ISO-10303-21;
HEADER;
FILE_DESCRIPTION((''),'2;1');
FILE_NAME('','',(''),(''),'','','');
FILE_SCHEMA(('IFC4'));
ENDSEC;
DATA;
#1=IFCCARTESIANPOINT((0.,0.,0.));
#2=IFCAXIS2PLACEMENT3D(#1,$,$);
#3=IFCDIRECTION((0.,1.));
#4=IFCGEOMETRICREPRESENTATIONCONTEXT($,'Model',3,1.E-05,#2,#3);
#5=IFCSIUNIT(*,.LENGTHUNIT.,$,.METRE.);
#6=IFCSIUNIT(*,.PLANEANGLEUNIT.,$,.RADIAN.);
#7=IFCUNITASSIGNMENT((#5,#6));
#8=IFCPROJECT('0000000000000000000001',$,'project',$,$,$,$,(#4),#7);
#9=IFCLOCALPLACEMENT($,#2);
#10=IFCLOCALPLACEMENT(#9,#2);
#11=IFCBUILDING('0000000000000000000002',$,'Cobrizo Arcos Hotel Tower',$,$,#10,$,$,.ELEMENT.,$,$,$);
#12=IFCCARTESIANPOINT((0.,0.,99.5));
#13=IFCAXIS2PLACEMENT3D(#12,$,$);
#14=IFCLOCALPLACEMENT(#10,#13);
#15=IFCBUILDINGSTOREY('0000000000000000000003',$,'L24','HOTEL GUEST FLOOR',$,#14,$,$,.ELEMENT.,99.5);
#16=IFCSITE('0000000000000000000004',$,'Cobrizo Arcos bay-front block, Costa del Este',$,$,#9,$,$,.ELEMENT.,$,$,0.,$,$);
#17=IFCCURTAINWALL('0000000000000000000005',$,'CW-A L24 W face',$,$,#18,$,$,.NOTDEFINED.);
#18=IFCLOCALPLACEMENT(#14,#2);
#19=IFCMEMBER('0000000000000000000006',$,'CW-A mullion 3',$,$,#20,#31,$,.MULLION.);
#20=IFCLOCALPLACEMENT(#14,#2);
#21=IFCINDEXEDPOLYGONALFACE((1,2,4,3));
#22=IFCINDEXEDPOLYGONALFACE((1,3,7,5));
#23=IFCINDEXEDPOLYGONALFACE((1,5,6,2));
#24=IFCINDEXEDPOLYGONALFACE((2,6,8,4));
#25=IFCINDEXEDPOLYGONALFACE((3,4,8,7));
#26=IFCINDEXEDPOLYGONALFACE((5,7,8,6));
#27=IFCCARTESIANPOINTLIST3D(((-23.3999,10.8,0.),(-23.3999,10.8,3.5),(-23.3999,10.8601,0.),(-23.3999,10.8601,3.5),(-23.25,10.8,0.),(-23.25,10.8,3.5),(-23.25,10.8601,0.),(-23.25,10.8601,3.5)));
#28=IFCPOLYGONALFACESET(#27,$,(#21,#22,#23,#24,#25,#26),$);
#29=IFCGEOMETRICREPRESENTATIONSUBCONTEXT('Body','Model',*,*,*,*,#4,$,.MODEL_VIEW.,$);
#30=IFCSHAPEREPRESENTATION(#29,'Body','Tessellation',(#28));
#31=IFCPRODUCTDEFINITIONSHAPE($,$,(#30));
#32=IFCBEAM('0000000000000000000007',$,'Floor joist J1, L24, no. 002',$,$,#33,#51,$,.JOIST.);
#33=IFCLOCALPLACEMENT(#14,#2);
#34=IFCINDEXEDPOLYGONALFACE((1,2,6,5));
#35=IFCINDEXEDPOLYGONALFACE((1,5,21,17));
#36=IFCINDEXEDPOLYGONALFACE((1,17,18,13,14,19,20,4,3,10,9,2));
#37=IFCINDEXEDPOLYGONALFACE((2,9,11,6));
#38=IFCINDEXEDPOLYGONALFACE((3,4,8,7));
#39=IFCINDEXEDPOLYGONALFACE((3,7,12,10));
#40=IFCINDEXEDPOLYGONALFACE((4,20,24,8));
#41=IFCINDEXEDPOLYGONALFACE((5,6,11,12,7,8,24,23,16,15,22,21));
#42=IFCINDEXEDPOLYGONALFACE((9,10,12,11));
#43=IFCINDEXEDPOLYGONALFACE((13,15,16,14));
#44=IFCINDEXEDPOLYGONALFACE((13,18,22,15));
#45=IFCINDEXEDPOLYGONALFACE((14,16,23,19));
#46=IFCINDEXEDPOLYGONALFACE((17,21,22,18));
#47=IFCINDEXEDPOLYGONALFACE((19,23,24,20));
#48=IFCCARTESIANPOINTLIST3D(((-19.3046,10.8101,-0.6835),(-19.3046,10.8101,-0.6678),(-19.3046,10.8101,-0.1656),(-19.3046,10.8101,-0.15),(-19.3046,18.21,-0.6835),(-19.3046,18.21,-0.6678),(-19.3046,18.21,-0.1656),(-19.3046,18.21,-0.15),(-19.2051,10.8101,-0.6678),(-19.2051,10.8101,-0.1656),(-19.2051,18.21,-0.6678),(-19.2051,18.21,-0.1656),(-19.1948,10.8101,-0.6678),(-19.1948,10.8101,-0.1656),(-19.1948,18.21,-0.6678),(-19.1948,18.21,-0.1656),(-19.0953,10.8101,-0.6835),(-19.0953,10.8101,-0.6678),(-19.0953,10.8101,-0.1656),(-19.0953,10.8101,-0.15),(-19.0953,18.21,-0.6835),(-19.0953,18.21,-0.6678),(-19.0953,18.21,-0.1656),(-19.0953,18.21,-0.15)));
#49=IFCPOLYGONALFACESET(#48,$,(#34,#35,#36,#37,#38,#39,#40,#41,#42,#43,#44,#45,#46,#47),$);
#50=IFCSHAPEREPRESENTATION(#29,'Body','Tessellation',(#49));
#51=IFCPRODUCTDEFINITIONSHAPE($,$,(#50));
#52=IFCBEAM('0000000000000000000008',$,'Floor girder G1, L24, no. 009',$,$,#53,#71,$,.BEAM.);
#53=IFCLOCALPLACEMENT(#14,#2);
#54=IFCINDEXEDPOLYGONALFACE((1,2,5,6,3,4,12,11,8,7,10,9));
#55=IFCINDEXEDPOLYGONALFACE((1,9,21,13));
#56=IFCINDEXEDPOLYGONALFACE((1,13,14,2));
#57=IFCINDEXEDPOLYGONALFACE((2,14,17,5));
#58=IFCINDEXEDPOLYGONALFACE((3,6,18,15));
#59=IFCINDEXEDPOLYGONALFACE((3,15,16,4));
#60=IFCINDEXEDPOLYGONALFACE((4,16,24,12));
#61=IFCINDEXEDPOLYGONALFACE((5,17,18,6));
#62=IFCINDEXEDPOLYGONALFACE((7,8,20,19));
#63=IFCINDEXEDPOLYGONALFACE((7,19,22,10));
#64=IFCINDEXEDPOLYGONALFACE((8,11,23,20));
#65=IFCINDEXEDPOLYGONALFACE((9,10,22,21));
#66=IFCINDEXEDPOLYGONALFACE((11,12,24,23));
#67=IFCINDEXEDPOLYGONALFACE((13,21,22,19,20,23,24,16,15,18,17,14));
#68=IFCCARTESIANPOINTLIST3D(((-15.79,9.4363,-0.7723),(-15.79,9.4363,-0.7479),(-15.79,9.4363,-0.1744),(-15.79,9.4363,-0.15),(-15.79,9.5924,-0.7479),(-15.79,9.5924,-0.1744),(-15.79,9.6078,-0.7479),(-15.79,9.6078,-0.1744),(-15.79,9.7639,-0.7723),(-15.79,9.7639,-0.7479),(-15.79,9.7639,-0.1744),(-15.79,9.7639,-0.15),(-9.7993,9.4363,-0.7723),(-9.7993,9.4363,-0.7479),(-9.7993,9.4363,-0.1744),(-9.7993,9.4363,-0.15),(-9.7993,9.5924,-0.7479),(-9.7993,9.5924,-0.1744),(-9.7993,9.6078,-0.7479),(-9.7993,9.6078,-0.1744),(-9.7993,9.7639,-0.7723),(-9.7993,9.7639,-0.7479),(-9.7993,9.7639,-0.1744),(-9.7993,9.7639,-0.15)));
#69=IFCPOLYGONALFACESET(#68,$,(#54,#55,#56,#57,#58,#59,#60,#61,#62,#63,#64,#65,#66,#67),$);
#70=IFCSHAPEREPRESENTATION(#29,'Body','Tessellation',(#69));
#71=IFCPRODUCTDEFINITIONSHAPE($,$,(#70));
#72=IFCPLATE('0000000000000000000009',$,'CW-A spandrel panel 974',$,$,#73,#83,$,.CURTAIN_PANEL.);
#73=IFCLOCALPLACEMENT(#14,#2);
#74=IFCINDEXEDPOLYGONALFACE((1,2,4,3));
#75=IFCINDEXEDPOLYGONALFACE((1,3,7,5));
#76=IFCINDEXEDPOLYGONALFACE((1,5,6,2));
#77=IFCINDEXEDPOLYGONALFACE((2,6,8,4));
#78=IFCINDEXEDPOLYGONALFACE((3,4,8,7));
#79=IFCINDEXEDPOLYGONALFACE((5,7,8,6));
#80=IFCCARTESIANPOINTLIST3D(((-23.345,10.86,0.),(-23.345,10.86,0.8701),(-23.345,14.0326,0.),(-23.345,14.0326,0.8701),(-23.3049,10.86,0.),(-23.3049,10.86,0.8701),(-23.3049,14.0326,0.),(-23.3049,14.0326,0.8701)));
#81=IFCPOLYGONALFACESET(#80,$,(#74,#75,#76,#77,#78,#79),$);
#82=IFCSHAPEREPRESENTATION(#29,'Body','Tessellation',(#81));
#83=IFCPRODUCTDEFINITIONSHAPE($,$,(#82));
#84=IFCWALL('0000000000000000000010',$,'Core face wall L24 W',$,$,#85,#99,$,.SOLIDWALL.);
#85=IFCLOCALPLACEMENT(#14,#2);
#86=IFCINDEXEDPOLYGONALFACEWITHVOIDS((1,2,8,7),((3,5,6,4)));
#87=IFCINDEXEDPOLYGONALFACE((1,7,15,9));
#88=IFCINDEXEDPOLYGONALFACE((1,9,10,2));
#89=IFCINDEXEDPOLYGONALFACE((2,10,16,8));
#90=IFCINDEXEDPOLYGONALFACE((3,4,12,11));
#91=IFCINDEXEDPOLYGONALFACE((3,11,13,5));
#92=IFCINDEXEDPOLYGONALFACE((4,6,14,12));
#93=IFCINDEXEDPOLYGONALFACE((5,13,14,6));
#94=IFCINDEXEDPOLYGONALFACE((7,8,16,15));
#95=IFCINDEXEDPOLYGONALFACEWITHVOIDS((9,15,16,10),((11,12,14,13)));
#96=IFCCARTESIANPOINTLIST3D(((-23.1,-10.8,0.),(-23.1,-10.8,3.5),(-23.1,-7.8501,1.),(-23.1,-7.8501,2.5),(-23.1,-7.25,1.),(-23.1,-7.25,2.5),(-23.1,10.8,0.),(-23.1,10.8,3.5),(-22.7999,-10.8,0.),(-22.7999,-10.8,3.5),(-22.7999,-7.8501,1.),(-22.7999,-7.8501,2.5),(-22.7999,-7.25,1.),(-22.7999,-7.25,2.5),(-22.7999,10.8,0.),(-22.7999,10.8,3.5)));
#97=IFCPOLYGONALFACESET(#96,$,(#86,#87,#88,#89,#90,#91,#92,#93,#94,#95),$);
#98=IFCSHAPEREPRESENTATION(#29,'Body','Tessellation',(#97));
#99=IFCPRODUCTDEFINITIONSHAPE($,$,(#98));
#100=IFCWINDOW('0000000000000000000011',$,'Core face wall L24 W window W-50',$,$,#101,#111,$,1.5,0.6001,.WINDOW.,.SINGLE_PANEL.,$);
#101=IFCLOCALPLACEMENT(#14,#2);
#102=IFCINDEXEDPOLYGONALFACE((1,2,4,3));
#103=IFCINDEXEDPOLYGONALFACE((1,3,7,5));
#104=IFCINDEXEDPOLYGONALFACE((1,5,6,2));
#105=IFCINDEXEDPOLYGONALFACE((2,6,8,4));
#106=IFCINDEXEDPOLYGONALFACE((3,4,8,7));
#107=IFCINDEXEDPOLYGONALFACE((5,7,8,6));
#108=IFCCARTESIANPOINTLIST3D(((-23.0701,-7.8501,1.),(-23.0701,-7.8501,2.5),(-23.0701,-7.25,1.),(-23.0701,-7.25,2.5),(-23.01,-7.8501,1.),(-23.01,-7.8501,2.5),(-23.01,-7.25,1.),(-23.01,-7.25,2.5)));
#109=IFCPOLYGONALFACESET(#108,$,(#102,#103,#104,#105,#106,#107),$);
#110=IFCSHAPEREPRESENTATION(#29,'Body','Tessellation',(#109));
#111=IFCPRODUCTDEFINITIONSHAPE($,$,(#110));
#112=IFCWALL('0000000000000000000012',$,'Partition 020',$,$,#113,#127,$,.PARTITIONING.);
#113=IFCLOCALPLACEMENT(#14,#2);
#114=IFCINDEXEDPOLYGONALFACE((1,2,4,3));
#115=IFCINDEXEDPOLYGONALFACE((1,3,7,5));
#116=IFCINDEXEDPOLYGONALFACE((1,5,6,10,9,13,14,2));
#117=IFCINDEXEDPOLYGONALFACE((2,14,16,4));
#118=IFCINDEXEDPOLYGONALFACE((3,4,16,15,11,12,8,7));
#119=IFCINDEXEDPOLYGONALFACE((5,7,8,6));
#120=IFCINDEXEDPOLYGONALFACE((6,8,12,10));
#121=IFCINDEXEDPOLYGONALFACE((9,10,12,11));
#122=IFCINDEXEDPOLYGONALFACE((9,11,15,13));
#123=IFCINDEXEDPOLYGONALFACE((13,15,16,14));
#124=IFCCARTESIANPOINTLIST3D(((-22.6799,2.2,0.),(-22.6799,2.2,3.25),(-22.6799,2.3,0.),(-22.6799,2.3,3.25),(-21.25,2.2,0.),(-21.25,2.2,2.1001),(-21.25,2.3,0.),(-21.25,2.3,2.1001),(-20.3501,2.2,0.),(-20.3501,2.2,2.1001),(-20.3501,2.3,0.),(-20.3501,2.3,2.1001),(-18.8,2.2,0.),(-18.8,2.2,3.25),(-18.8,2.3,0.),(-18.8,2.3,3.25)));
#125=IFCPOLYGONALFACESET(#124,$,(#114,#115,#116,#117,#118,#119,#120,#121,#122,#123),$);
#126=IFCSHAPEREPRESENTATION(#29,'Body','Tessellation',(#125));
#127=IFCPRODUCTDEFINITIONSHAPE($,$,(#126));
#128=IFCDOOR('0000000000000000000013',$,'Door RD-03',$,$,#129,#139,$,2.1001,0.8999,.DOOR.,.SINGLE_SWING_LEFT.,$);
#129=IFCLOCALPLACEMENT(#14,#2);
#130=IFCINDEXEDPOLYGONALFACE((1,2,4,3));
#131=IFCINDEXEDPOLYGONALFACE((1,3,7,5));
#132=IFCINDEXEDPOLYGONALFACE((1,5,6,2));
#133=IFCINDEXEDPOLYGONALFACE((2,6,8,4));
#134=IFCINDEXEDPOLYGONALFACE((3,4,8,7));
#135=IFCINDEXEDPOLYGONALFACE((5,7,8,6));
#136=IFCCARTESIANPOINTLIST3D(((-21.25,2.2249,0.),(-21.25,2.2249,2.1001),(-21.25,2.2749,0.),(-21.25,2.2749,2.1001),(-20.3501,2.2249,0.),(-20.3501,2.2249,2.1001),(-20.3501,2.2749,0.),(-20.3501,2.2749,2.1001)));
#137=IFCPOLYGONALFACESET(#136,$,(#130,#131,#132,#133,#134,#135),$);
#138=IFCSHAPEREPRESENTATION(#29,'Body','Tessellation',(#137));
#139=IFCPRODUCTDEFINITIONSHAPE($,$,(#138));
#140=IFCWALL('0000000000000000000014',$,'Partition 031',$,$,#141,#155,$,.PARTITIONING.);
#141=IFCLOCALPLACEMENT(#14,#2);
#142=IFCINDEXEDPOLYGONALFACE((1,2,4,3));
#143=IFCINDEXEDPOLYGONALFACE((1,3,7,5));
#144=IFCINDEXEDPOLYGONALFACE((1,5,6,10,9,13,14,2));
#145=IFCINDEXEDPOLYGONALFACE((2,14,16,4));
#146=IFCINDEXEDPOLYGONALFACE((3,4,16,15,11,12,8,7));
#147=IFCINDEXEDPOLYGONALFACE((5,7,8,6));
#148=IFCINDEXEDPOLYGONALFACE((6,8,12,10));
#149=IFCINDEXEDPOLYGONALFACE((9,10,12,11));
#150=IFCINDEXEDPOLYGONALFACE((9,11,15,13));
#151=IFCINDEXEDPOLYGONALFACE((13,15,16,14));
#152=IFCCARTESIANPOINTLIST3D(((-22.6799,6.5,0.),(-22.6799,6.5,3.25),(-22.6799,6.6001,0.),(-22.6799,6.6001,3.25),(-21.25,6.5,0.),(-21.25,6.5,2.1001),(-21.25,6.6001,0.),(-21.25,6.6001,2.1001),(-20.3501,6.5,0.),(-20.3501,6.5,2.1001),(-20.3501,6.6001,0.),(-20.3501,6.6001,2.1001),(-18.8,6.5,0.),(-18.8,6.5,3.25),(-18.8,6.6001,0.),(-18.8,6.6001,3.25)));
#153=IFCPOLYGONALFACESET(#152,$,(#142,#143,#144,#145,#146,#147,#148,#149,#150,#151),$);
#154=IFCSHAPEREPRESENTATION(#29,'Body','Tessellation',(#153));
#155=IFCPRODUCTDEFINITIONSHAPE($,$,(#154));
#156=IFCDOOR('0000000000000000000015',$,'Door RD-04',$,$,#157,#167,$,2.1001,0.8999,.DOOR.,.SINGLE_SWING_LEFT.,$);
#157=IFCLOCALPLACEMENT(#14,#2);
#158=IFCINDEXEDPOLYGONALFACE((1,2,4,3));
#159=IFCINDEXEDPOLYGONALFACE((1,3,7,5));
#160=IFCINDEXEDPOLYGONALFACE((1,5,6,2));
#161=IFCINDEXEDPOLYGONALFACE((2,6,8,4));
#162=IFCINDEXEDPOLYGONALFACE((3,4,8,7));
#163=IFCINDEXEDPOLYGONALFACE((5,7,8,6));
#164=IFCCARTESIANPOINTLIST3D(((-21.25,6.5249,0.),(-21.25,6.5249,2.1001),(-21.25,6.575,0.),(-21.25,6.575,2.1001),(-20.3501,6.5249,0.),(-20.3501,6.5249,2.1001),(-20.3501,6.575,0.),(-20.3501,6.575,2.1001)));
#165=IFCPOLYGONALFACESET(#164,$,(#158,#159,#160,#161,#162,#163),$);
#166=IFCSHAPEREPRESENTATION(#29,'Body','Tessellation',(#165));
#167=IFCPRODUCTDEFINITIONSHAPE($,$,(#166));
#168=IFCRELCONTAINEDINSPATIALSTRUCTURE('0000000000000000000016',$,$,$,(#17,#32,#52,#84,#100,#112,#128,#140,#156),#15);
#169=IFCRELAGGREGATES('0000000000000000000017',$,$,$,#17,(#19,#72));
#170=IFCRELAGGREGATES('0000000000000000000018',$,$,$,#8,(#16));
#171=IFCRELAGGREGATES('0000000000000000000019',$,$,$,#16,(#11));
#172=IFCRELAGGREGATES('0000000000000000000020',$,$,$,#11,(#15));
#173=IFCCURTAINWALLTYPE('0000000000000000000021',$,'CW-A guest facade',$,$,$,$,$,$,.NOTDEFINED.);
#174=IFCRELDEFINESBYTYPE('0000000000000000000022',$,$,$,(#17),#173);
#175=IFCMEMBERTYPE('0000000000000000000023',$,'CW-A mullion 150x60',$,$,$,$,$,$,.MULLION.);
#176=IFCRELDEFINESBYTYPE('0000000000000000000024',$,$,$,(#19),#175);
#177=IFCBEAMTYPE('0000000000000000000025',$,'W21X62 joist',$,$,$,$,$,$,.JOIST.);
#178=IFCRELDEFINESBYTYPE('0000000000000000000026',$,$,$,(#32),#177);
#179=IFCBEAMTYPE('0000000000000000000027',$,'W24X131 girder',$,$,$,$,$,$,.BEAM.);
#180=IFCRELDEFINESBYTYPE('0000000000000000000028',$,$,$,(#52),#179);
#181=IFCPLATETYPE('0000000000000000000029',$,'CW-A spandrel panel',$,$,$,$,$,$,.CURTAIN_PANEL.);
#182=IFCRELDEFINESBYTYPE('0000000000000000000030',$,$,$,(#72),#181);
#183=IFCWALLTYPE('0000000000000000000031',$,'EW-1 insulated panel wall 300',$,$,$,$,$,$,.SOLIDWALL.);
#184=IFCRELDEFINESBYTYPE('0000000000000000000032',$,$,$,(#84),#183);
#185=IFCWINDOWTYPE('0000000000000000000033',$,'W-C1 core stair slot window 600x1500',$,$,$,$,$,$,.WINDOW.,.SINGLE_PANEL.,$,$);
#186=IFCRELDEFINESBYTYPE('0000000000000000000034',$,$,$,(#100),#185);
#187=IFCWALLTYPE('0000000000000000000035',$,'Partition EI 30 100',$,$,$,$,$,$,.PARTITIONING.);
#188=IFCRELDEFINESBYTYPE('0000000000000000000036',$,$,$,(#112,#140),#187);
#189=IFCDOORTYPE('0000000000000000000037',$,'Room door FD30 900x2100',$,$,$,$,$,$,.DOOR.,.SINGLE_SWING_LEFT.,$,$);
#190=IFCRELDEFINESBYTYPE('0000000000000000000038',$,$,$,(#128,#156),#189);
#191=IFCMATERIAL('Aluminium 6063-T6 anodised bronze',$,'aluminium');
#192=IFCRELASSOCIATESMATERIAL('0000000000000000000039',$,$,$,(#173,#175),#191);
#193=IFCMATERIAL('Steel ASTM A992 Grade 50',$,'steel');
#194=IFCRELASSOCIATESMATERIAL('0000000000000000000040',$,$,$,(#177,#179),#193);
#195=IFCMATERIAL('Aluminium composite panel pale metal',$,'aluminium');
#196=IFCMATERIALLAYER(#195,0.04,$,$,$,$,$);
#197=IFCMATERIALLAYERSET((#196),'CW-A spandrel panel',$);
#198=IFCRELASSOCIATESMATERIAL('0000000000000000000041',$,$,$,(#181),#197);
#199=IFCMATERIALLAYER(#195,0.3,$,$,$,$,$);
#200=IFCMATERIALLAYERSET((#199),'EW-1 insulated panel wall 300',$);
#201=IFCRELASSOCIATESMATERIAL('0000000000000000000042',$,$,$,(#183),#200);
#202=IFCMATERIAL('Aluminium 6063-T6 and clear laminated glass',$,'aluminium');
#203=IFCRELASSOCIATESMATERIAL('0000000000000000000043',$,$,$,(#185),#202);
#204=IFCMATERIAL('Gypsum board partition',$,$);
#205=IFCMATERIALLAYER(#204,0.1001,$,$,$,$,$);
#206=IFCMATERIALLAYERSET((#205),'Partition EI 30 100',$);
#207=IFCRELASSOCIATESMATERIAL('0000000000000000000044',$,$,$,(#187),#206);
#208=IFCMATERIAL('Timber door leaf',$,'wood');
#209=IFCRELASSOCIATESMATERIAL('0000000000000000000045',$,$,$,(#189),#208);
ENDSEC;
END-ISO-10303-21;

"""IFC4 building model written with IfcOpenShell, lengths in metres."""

from ifc_helpers import new_model, si_unit, direction, frame, frame_2d, origin, origin_2d, place, context, subcontext, project, spatial, rectangle, i_section, extrude, material, layer, layer_set, material_profile, profile_set, type_object, element, fill, aggregate, save


model = new_model("IFC4")

# Units and contexts
model_context = context("Model", 3, precision=1e-05, world=origin(), true_north=direction((0.0, 1.0)))
body_context = subcontext(model_context, "Body", "Model", "MODEL_VIEW")
ifc_project = project(units=[si_unit("LENGTHUNIT", "METRE"), si_unit("PLANEANGLEUNIT", "RADIAN")], contexts=[model_context])

# Site, building, storey
site_placement = place(None, origin())
site = spatial("IfcSite", under=ifc_project, at=site_placement, Name="Cobrizo Arcos bay-front block, Costa del Este", CompositionType="ELEMENT", RefElevation=0.0)
building_placement = place(site_placement, origin())
building = spatial("IfcBuilding", under=site, at=building_placement, Name="Cobrizo Arcos Hotel Tower", CompositionType="ELEMENT")
storey_placement = place(building_placement, frame((0.0, 0.0, 99.5)))
storey = spatial("IfcBuildingStorey", under=building, at=storey_placement, Name="L24", Description="HOTEL GUEST FLOOR", CompositionType="ELEMENT", Elevation=99.5)

# Curtain wall, member
ifc_material_1 = material(Name="Aluminium 6063-T6 anodised bronze", Category="aluminium")
curtain_wall_type = type_object("IfcCurtainWallType", Name="CW-A guest facade", PredefinedType="NOTDEFINED", material=ifc_material_1)
curtain_wall_placement = place(storey_placement, origin())
curtain_wall = element("IfcCurtainWall", 1, at=curtain_wall_placement, inside=storey, type_object=curtain_wall_type, Name="CW-A L24 W face", PredefinedType="NOTDEFINED")
ifc_material_profile_1 = material_profile(ifc_material_1, rectangle(XDim=0.1499, YDim=0.0601, at=origin_2d()), Name="CW-A mullion 150x60")
ifc_profile_set_1 = profile_set([ifc_material_profile_1], Name="Aluminium 6063-T6 anodised bronze")
member_type = type_object("IfcMemberType", Name="CW-A mullion 150x60", PredefinedType="MULLION", material=ifc_profile_set_1)
member_placement = place(storey_placement, frame((-23.325, 10.8301, 0.0), z_axis=(0.0, 0.0, 1.0), x_axis=(-1.0, 0.0, 0.0)))
member = element("IfcMember", 2, at=member_placement, type_object=member_type, Name="CW-A mullion 3", PredefinedType="MULLION", context=body_context, shape_type="SweptSolid", body=[
    extrude(rectangle(XDim=0.1499, YDim=0.0601, at=origin_2d()), origin(), (0.0, 0.0, 1.0), 3.5),
])

# Beams
ifc_material_2 = material(Name="Steel ASTM A992 Grade 50", Category="steel")
ifc_material_profile_2 = material_profile(ifc_material_2, i_section(OverallWidth=0.2092, OverallDepth=0.5334, WebThickness=0.0103, FlangeThickness=0.0156, at=origin_2d()), Name="W21X62")
ifc_profile_set_2 = profile_set([ifc_material_profile_2], Name="Steel ASTM A992 Grade 50")
beam_type_1 = type_object("IfcBeamType", Name="W21X62 joist", PredefinedType="JOIST", material=ifc_profile_set_2)
beam_1_placement = place(storey_placement, frame((-19.2, 10.8101, -0.4167), z_axis=(0.0, 1.0, 0.0), x_axis=(-1.0, 0.0, 0.0)))
element("IfcBeam", 3, at=beam_1_placement, inside=storey, type_object=beam_type_1, Name="Floor joist J1, L24, no. 002", PredefinedType="JOIST", context=body_context, shape_type="SweptSolid", body=[
    extrude(i_section(OverallWidth=0.2092, OverallDepth=0.5334, WebThickness=0.0103, FlangeThickness=0.0156, at=origin_2d()), origin(), (0.0, 0.0, 1.0), 7.3999),
])
ifc_material_profile_3 = material_profile(ifc_material_2, i_section(OverallWidth=0.3276, OverallDepth=0.6223, WebThickness=0.0154, FlangeThickness=0.0244, at=origin_2d()), Name="W24X131")
ifc_profile_set_3 = profile_set([ifc_material_profile_3], Name="Steel ASTM A992 Grade 50")
beam_type_2 = type_object("IfcBeamType", Name="W24X131 girder", PredefinedType="BEAM", material=ifc_profile_set_3)
beam_2_placement = place(storey_placement, frame((-15.79, 9.6001, -0.4612), z_axis=(1.0, 0.0, 0.0), x_axis=(0.0, 1.0, 0.0)))
element("IfcBeam", 4, at=beam_2_placement, inside=storey, type_object=beam_type_2, Name="Floor girder G1, L24, no. 009", PredefinedType="BEAM", context=body_context, shape_type="SweptSolid", body=[
    extrude(i_section(OverallWidth=0.3276, OverallDepth=0.6223, WebThickness=0.0154, FlangeThickness=0.0244, at=origin_2d()), origin(), (0.0, 0.0, 1.0), 5.9907),
])

# Plate
ifc_material_3 = material(Name="Aluminium composite panel pale metal", Category="aluminium")
ifc_layer_1 = layer(ifc_material_3, 0.04)
ifc_layer_set_1 = layer_set([ifc_layer_1], Name="CW-A spandrel panel")
plate_type = type_object("IfcPlateType", Name="CW-A spandrel panel", PredefinedType="CURTAIN_PANEL", material=ifc_layer_set_1)
plate_placement = place(storey_placement, frame((-23.325, 12.4463, 0.0), z_axis=(0.0, 0.0, 1.0), x_axis=(0.0, -1.0, 0.0)))
plate = element("IfcPlate", 5, at=plate_placement, type_object=plate_type, Name="CW-A spandrel panel 974", PredefinedType="CURTAIN_PANEL", context=body_context, shape_type="SweptSolid", body=[
    extrude(rectangle(XDim=3.1726, YDim=0.04, at=origin_2d()), origin(), (0.0, 0.0, 1.0), 0.8701),
])
aggregate(curtain_wall, [member, plate])

# Wall, opening, window
ifc_layer_2 = layer(ifc_material_3, 0.3)
ifc_layer_set_2 = layer_set([ifc_layer_2], Name="EW-1 insulated panel wall 300")
wall_type_1 = type_object("IfcWallType", Name="EW-1 insulated panel wall 300", PredefinedType="SOLIDWALL", material=ifc_layer_set_2)
wall_1_placement = place(storey_placement, frame((-22.95, 10.8, 0.0), z_axis=(0.0, 0.0, 1.0), x_axis=(0.0, -1.0, 0.0)))
wall_1 = element("IfcWall", 6, at=wall_1_placement, inside=storey, type_object=wall_type_1, Name="Core face wall L24 W", PredefinedType="SOLIDWALL", context=body_context, shape_type="SweptSolid", body=[
    extrude(rectangle(XDim=21.6001, YDim=0.3, at=frame_2d((10.8, 0.0))), origin(), (0.0, 0.0, 1.0), 3.5),
])
opening_1_placement = place(wall_1_placement, frame((18.05, 0.0, 1.0)))
opening_1 = element("IfcOpeningElement", 7, at=opening_1_placement, cuts=wall_1, PredefinedType="OPENING", context=body_context, shape_type="SweptSolid", body=[
    extrude(rectangle(XDim=0.6001, YDim=1.5, at=frame_2d((0.3, 0.75))), frame((0.0, 0.1621, 0.0), z_axis=(0.0, -1.0, 0.0), x_axis=(1.0, 0.0, 0.0)), (0.0, 0.0, 1.0), 0.324),
])
ifc_material_4 = material(Name="Aluminium 6063-T6 and clear laminated glass", Category="aluminium")
window_type = type_object("IfcWindowType", Name="W-C1 core stair slot window 600x1500", PartitioningType="SINGLE_PANEL", PredefinedType="WINDOW", material=ifc_material_4)
window_placement = place(opening_1_placement, origin())
window = element("IfcWindow", 8, at=window_placement, inside=storey, type_object=window_type, Name="Core face wall L24 W window W-50", OverallHeight=1.5, OverallWidth=0.6001, PartitioningType="SINGLE_PANEL", PredefinedType="WINDOW", context=body_context, shape_type="SweptSolid", body=[
    extrude(rectangle(XDim=0.6001, YDim=1.5, at=frame_2d((0.3, 0.75))), frame((0.0, -0.0601, 0.0), z_axis=(0.0, -1.0, 0.0), x_axis=(1.0, 0.0, 0.0)), (0.0, 0.0, 1.0), 0.0601),
])
fill(opening_1, window)

# Walls, openings, doors
ifc_material_5 = material(Name="Gypsum board partition")
ifc_layer_3 = layer(ifc_material_5, 0.1001)
ifc_layer_set_3 = layer_set([ifc_layer_3], Name="Partition EI 30 100")
wall_type_2 = type_object("IfcWallType", Name="Partition EI 30 100", PredefinedType="PARTITIONING", material=ifc_layer_set_3)
wall_2_placement = place(storey_placement, frame((-22.6799, 2.25, 0.0), z_axis=(0.0, 0.0, 1.0), x_axis=(1.0, 0.0, 0.0)))
wall_2 = element("IfcWall", 9, at=wall_2_placement, inside=storey, type_object=wall_type_2, Name="Partition 020", PredefinedType="PARTITIONING", context=body_context, shape_type="SweptSolid", body=[
    extrude(rectangle(XDim=3.8799, YDim=0.1001, at=frame_2d((1.9399, 0.0))), origin(), (0.0, 0.0, 1.0), 3.25),
])
opening_2_placement = place(wall_2_placement, frame((1.4299, 0.0, 0.0)))
opening_2 = element("IfcOpeningElement", 10, at=opening_2_placement, cuts=wall_2, PredefinedType="OPENING", context=body_context, shape_type="SweptSolid", body=[
    extrude(rectangle(XDim=0.8999, YDim=2.1001, at=frame_2d((0.45, 1.05))), frame((0.0, 0.062, 0.0), z_axis=(0.0, -1.0, 0.0), x_axis=(1.0, 0.0, 0.0)), (0.0, 0.0, 1.0), 0.124),
])
ifc_material_6 = material(Name="Timber door leaf", Category="wood")
door_type_1 = type_object("IfcDoorType", Name="Room door FD30 900x2100", OperationType="SINGLE_SWING_LEFT", PredefinedType="DOOR", material=ifc_material_6)
door_1_placement = place(opening_2_placement, origin())
door_1 = element("IfcDoor", 11, at=door_1_placement, inside=storey, type_object=door_type_1, Name="Door RD-03", OperationType="SINGLE_SWING_LEFT", OverallHeight=2.1001, OverallWidth=0.8999, PredefinedType="DOOR", context=body_context, shape_type="SweptSolid", body=[
    extrude(rectangle(XDim=0.8999, YDim=2.1001, at=frame_2d((0.45, 1.05))), frame((0.0, 0.0249, 0.0), z_axis=(0.0, -1.0, 0.0), x_axis=(1.0, 0.0, 0.0)), (0.0, 0.0, 1.0), 0.05),
])
fill(opening_2, door_1)
wall_3_placement = place(storey_placement, frame((-22.6799, 6.55, 0.0), z_axis=(0.0, 0.0, 1.0), x_axis=(1.0, 0.0, 0.0)))
wall_3 = element("IfcWall", 12, at=wall_3_placement, inside=storey, type_object=wall_type_2, Name="Partition 031", PredefinedType="PARTITIONING", context=body_context, shape_type="SweptSolid", body=[
    extrude(rectangle(XDim=3.8799, YDim=0.1001, at=frame_2d((1.9399, 0.0))), origin(), (0.0, 0.0, 1.0), 3.25),
])
opening_3_placement = place(wall_3_placement, frame((1.4299, 0.0, 0.0)))
opening_3 = element("IfcOpeningElement", 13, at=opening_3_placement, cuts=wall_3, PredefinedType="OPENING", context=body_context, shape_type="SweptSolid", body=[
    extrude(rectangle(XDim=0.8999, YDim=2.1001, at=frame_2d((0.45, 1.05))), frame((0.0, 0.062, 0.0), z_axis=(0.0, -1.0, 0.0), x_axis=(1.0, 0.0, 0.0)), (0.0, 0.0, 1.0), 0.124),
])
door_2_placement = place(opening_3_placement, origin())
door_2 = element("IfcDoor", 14, at=door_2_placement, inside=storey, type_object=door_type_1, Name="Door RD-04", OperationType="SINGLE_SWING_LEFT", OverallHeight=2.1001, OverallWidth=0.8999, PredefinedType="DOOR", context=body_context, shape_type="SweptSolid", body=[
    extrude(rectangle(XDim=0.8999, YDim=2.1001, at=frame_2d((0.45, 1.05))), frame((0.0, 0.0249, 0.0), z_axis=(0.0, -1.0, 0.0), x_axis=(1.0, 0.0, 0.0)), (0.0, 0.0, 1.0), 0.05),
])
fill(opening_3, door_2)

save(model, "model.ifc")
